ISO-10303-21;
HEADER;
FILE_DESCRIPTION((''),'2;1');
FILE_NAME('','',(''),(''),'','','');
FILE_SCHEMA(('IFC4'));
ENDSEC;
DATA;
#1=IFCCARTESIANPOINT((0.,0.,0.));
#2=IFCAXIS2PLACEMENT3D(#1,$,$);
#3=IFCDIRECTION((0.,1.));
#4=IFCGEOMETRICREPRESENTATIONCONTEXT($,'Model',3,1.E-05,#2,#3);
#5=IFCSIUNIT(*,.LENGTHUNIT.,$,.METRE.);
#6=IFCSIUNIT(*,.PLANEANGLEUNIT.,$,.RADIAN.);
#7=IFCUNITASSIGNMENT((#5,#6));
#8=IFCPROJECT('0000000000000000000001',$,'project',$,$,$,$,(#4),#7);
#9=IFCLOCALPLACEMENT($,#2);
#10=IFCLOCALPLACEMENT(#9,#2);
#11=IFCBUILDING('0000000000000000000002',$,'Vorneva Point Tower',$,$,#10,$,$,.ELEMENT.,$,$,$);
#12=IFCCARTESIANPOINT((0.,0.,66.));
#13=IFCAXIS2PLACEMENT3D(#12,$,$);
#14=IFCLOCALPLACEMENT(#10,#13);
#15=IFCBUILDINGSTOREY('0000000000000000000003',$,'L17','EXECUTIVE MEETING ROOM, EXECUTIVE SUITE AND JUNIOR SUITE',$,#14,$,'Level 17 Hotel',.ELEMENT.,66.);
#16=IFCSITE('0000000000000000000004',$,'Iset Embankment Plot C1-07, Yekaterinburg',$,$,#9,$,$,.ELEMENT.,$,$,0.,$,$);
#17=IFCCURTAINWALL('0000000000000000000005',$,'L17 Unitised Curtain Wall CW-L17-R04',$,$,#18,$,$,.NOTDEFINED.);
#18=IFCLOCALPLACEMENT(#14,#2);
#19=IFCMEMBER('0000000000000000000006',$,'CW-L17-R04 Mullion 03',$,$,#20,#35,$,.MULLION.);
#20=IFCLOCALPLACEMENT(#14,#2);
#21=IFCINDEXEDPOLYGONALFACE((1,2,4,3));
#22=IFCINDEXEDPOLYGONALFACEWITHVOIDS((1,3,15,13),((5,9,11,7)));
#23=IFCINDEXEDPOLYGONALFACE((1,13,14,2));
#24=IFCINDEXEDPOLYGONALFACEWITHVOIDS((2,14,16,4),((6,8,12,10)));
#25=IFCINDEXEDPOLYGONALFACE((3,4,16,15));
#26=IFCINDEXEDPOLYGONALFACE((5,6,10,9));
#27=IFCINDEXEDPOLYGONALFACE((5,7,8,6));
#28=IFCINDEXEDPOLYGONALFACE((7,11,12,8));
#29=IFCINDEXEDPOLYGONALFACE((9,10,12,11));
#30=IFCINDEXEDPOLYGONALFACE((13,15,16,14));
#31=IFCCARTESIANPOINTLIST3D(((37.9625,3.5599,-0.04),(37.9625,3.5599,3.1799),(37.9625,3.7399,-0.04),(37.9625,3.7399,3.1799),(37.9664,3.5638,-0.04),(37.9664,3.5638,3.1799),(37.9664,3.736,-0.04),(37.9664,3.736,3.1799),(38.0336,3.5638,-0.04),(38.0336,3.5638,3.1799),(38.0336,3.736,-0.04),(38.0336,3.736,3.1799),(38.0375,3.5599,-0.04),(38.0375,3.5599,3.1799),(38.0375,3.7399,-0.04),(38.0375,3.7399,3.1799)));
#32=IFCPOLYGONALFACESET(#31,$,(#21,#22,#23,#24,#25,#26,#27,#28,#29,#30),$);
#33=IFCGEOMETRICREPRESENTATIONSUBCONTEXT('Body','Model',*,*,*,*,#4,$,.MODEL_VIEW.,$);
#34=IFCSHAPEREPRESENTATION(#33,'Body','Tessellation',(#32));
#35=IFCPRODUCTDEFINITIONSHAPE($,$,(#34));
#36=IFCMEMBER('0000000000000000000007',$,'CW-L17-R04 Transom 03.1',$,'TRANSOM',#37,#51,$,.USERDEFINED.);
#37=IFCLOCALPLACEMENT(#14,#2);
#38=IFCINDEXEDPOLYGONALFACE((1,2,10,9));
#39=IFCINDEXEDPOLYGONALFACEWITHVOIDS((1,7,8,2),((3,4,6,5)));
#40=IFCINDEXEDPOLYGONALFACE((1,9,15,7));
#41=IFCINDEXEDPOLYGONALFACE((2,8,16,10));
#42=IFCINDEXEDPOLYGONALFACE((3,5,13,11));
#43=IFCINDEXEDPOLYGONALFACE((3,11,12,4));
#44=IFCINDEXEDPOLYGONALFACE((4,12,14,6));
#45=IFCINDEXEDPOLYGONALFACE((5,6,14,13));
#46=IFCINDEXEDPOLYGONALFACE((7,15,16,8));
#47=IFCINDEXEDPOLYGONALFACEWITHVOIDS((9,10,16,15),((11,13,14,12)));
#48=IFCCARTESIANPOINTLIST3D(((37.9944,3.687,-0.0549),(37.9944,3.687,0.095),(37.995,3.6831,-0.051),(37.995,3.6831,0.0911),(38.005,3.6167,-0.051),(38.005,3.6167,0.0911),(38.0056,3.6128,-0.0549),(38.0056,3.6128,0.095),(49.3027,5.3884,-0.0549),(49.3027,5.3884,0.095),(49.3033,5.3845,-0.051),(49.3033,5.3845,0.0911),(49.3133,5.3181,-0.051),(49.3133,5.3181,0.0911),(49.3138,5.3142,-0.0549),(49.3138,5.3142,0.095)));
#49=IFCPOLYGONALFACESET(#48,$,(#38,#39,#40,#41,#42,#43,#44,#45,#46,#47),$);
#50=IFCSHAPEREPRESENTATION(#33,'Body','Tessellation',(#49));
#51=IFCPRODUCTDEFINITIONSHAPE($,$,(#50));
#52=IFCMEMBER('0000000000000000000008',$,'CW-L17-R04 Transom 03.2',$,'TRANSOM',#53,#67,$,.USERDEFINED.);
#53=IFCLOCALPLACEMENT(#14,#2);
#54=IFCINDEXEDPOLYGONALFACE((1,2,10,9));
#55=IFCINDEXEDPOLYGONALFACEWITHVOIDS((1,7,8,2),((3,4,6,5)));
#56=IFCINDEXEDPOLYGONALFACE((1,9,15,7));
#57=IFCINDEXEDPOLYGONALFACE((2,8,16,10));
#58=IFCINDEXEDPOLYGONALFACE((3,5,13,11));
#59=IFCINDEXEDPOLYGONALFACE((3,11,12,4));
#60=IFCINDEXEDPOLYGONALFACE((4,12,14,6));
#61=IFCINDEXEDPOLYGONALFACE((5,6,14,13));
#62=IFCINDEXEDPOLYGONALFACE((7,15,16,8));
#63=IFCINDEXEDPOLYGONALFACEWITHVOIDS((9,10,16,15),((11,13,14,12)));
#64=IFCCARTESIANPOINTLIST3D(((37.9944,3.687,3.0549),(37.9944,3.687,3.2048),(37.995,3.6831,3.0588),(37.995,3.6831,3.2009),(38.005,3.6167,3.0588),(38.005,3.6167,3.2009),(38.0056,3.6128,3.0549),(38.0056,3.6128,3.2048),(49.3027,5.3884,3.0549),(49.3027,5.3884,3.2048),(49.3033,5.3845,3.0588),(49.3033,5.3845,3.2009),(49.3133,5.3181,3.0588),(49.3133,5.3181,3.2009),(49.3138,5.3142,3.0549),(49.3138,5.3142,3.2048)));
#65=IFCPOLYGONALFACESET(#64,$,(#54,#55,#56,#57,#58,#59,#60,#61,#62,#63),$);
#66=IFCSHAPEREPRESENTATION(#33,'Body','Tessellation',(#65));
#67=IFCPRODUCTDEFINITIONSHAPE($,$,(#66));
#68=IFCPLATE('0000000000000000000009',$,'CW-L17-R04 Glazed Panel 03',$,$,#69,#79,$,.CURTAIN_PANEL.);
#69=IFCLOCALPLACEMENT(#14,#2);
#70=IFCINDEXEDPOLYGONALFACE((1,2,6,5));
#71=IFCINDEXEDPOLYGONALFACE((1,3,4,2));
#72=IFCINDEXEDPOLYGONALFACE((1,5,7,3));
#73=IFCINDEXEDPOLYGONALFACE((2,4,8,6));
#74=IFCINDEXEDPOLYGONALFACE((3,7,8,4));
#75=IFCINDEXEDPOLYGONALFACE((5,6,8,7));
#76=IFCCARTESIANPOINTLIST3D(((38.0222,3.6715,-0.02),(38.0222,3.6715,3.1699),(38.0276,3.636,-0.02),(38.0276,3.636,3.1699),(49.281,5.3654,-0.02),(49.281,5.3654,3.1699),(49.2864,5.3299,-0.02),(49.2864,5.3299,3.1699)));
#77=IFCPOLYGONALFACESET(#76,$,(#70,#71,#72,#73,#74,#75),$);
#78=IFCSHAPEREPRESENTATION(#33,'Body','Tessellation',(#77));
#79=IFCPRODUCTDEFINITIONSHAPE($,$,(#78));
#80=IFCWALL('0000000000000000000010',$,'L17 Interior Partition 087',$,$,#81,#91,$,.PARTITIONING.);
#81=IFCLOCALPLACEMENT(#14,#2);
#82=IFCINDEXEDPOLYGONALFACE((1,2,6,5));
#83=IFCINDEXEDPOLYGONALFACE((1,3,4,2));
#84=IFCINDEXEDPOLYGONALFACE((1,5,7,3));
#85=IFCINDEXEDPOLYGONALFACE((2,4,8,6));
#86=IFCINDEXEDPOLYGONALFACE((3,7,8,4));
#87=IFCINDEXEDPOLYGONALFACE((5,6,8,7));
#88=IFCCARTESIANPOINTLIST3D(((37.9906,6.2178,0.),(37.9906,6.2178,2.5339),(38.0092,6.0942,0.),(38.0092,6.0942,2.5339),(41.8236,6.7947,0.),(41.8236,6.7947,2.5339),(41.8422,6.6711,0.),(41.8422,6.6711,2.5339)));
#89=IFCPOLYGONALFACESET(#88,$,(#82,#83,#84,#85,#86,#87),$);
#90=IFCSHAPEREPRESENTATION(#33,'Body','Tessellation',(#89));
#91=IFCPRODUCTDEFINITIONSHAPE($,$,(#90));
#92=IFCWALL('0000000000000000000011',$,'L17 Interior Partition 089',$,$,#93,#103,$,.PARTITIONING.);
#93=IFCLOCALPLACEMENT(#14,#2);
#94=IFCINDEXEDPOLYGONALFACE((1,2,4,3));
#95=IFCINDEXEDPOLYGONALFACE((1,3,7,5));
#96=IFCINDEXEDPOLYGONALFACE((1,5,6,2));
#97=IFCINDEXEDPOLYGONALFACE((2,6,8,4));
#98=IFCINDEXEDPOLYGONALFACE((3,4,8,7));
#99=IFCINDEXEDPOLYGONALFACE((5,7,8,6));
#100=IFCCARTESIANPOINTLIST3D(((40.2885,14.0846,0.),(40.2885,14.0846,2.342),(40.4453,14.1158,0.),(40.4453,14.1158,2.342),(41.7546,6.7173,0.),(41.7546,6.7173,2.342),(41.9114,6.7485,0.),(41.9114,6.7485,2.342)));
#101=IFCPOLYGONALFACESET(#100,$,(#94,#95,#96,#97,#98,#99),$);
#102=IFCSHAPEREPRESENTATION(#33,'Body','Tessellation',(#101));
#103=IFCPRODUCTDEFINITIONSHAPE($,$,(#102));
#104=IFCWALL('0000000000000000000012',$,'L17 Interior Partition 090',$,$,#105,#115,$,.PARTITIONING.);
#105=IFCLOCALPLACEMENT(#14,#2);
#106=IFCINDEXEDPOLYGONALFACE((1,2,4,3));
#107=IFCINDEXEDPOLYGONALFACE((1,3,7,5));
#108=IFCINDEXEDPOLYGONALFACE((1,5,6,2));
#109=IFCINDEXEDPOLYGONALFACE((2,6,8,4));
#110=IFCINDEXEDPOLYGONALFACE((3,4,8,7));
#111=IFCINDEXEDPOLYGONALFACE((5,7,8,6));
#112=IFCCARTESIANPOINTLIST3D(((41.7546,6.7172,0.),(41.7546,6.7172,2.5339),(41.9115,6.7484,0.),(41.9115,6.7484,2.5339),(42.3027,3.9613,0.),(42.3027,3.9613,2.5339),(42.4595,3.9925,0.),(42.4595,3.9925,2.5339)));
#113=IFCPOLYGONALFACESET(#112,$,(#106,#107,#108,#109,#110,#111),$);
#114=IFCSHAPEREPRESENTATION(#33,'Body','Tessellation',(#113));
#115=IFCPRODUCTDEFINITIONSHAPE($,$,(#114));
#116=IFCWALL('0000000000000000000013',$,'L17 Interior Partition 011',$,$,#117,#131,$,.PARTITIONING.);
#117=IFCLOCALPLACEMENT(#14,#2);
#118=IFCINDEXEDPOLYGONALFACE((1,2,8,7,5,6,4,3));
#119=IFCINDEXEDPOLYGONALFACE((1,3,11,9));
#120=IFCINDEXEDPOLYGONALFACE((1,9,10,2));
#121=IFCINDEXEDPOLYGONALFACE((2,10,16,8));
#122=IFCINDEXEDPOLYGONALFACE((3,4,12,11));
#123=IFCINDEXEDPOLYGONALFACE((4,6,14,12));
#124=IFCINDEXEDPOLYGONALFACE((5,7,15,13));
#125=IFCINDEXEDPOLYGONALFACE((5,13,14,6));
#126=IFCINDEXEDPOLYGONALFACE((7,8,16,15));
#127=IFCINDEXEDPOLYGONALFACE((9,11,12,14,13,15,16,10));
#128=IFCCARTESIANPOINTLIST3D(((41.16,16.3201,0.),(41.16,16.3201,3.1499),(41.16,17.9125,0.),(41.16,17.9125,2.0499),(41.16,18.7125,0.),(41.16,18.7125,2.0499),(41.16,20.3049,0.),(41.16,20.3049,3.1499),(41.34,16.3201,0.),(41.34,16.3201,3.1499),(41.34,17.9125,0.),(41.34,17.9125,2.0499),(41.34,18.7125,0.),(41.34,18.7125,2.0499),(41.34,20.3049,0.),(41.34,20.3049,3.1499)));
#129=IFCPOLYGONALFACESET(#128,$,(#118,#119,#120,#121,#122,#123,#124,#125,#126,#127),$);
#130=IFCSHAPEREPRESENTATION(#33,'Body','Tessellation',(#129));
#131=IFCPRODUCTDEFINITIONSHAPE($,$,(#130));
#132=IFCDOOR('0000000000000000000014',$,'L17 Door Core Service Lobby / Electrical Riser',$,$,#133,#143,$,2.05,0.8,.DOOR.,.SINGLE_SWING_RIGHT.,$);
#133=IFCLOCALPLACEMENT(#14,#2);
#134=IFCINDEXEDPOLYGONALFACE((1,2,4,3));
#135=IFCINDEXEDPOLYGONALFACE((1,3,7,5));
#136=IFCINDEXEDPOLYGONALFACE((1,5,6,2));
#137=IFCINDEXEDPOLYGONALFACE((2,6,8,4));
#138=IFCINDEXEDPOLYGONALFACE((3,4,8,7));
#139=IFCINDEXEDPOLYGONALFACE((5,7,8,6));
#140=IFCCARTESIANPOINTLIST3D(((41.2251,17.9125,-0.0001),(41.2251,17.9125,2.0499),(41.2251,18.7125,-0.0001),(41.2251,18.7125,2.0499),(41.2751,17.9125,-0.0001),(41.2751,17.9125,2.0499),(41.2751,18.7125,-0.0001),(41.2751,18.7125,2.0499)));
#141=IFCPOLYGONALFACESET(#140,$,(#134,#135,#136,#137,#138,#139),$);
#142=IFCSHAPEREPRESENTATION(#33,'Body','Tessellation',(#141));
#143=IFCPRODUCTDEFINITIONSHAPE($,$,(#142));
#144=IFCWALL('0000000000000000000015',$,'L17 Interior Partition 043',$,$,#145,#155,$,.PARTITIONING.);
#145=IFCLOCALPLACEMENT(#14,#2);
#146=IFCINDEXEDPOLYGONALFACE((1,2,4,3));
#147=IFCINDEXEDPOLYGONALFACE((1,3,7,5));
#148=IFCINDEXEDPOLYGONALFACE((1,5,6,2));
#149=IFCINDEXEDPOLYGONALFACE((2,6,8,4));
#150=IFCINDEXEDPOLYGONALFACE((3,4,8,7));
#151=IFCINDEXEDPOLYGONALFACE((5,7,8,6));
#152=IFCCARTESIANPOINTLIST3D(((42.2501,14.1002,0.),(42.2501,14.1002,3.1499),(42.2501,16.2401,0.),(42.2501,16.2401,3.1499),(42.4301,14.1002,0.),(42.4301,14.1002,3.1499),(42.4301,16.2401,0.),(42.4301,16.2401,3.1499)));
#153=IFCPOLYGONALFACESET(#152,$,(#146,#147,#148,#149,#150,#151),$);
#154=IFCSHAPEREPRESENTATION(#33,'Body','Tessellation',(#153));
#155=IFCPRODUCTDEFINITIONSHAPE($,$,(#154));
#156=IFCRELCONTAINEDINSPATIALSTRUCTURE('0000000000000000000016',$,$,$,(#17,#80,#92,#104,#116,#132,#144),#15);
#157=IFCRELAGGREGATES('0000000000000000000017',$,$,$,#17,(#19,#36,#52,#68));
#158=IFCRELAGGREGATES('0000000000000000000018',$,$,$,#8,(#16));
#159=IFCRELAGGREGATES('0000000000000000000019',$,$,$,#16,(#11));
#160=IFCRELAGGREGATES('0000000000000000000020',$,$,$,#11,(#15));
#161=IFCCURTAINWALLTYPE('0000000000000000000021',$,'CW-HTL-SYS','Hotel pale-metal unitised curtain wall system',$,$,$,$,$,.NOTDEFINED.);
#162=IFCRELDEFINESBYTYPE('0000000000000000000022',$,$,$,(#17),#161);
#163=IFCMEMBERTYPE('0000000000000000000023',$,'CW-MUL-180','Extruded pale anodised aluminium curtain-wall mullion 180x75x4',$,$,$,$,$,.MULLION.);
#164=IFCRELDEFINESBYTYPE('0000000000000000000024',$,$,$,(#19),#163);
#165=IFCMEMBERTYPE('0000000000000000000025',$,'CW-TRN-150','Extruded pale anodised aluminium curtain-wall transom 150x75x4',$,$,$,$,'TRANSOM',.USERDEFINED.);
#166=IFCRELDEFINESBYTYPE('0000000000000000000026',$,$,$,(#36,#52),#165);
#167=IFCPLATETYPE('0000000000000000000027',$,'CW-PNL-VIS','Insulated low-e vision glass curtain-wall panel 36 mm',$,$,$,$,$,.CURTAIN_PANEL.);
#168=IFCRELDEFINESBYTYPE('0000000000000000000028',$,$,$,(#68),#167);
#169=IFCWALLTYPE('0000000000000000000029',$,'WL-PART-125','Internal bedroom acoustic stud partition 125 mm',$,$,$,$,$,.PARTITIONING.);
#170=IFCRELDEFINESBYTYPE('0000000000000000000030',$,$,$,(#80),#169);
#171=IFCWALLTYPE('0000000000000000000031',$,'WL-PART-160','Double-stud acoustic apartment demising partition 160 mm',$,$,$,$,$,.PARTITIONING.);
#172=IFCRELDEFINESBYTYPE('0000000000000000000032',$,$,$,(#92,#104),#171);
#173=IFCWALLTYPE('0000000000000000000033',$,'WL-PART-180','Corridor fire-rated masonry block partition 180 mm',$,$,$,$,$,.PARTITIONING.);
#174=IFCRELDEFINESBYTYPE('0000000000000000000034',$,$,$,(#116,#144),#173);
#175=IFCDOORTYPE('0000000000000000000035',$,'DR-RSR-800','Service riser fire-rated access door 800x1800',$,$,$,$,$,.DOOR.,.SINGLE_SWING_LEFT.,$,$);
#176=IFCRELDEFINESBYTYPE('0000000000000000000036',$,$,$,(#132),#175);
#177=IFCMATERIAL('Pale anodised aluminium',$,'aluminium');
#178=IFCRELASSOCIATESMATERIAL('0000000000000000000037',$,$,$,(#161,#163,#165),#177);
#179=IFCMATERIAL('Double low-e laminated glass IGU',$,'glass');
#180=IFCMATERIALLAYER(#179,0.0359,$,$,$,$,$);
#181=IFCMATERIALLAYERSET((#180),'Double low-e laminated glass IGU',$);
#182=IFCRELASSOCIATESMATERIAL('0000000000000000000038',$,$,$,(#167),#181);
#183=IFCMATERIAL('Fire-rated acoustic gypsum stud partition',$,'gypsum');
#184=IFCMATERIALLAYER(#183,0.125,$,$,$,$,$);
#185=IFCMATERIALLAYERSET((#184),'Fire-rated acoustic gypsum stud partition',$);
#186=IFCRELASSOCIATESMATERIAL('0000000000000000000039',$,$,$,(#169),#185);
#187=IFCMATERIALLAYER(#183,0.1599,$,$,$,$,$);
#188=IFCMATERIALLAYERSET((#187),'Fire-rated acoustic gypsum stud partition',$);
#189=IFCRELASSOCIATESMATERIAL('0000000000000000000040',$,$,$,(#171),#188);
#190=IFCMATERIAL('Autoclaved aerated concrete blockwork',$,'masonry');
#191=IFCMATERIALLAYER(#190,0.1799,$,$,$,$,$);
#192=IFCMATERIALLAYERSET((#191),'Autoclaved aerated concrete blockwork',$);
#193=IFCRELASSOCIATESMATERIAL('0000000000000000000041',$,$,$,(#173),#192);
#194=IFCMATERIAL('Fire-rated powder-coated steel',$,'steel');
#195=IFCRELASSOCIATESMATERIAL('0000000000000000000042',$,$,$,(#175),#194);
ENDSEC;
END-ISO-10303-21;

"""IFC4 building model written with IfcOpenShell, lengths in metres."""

from ifc_helpers import new_model, si_unit, direction, frame, frame_2d, origin, origin_2d, place, context, subcontext, project, spatial, rectangle, hollow_rectangle, extrude, material, layer, layer_set, material_profile, profile_set, type_object, element, fill, aggregate, save


model = new_model("IFC4")

# Units and contexts
model_context = context("Model", 3, precision=1e-05, world=origin(), true_north=direction((0.0, 1.0)))
body_context = subcontext(model_context, "Body", "Model", "MODEL_VIEW")
ifc_project = project(units=[si_unit("LENGTHUNIT", "METRE"), si_unit("PLANEANGLEUNIT", "RADIAN")], contexts=[model_context])

# Site, building, storey
site_placement = place(None, origin())
site = spatial("IfcSite", under=ifc_project, at=site_placement, Name="Iset Embankment Plot C1-07, Yekaterinburg", CompositionType="ELEMENT", RefElevation=0.0)
building_placement = place(site_placement, origin())
building = spatial("IfcBuilding", under=site, at=building_placement, Name="Vorneva Point Tower", CompositionType="ELEMENT")
storey_placement = place(building_placement, frame((0.0, 0.0, 66.0)))
storey = spatial("IfcBuildingStorey", under=building, at=storey_placement, Name="L17", Description="EXECUTIVE MEETING ROOM, EXECUTIVE SUITE AND JUNIOR SUITE", LongName="Level 17 Hotel", CompositionType="ELEMENT", Elevation=66.0)

# Curtain wall, members, plate
ifc_material_1 = material(Name="Pale anodised aluminium", Category="aluminium")
curtain_wall_type = type_object("IfcCurtainWallType", Name="CW-HTL-SYS", Description="Hotel pale-metal unitised curtain wall system", PredefinedType="NOTDEFINED", material=ifc_material_1)
curtain_wall_placement = place(storey_placement, origin())
curtain_wall = element("IfcCurtainWall", 1, at=curtain_wall_placement, inside=storey, type_object=curtain_wall_type, Name="L17 Unitised Curtain Wall CW-L17-R04", PredefinedType="NOTDEFINED")
ifc_material_profile_1 = material_profile(ifc_material_1, hollow_rectangle(XDim=0.075, YDim=0.1799, WallThickness=0.0039, at=origin_2d()), Name="AL-MUL 180x75x4")
ifc_profile_set_1 = profile_set([ifc_material_profile_1], Name="Pale anodised aluminium")
member_type_1 = type_object("IfcMemberType", Name="CW-MUL-180", Description="Extruded pale anodised aluminium curtain-wall mullion 180x75x4", PredefinedType="MULLION", material=ifc_profile_set_1)
member_1_placement = place(storey_placement, frame((38.0, 3.6499, -0.04), z_axis=(0.0, 0.0, 1.0), x_axis=(1.0, 0.0, 0.0)))
member_1 = element("IfcMember", 2, at=member_1_placement, type_object=member_type_1, Name="CW-L17-R04 Mullion 03", PredefinedType="MULLION", context=body_context, shape_type="SweptSolid", body=[
    extrude(hollow_rectangle(XDim=0.075, YDim=0.1799, WallThickness=0.0039, at=origin_2d()), origin(), (0.0, 0.0, 1.0), 3.22),
])
ifc_material_profile_2 = material_profile(ifc_material_1, hollow_rectangle(XDim=0.075, YDim=0.1499, WallThickness=0.0039, at=origin_2d()), Name="AL-TRN 150x75x4")
ifc_profile_set_2 = profile_set([ifc_material_profile_2], Name="Pale anodised aluminium")
member_type_2 = type_object("IfcMemberType", Name="CW-TRN-150", Description="Extruded pale anodised aluminium curtain-wall transom 150x75x4", ElementType="TRANSOM", PredefinedType="USERDEFINED", material=ifc_profile_set_2)
member_2_placement = place(storey_placement, frame((38.0, 3.6499, 0.02), z_axis=(0.98887, 0.148782, 0.0), x_axis=(-0.148782, 0.98887, 0.0)))
member_2 = element("IfcMember", 3, at=member_2_placement, type_object=member_type_2, Name="CW-L17-R04 Transom 03.1", ObjectType="TRANSOM", PredefinedType="USERDEFINED", context=body_context, shape_type="SweptSolid", body=[
    extrude(hollow_rectangle(XDim=0.075, YDim=0.1499, WallThickness=0.0039, at=origin_2d()), origin(), (0.0, 0.0, 1.0), 11.4355),
])
member_3_placement = place(storey_placement, frame((38.0, 3.6499, 3.1299), z_axis=(0.98887, 0.148782, 0.0), x_axis=(-0.148782, 0.98887, 0.0)))
member_3 = element("IfcMember", 4, at=member_3_placement, type_object=member_type_2, Name="CW-L17-R04 Transom 03.2", ObjectType="TRANSOM", PredefinedType="USERDEFINED", context=body_context, shape_type="SweptSolid", body=[
    extrude(hollow_rectangle(XDim=0.075, YDim=0.1499, WallThickness=0.0039, at=origin_2d()), origin(), (0.0, 0.0, 1.0), 11.4355),
])
ifc_material_2 = material(Name="Double low-e laminated glass IGU", Category="glass")
ifc_layer_1 = layer(ifc_material_2, 0.0359)
ifc_layer_set_1 = layer_set([ifc_layer_1], Name="Double low-e laminated glass IGU")
plate_type = type_object("IfcPlateType", Name="CW-PNL-VIS", Description="Insulated low-e vision glass curtain-wall panel 36 mm", PredefinedType="CURTAIN_PANEL", material=ifc_layer_set_1)
plate_placement = place(storey_placement, frame((43.6543, 4.5007, -0.02), z_axis=(0.0, 0.0, 1.0), x_axis=(0.988871, 0.148776, 0.0)))
plate = element("IfcPlate", 5, at=plate_placement, type_object=plate_type, Name="CW-L17-R04 Glazed Panel 03", PredefinedType="CURTAIN_PANEL", context=body_context, shape_type="SweptSolid", body=[
    extrude(rectangle(XDim=11.3855, YDim=0.0359, at=origin_2d()), origin(), (0.0, 0.0, 1.0), 3.1899),
])
aggregate(curtain_wall, [member_1, member_2, member_3, plate])

# Walls
ifc_material_3 = material(Name="Fire-rated acoustic gypsum stud partition", Category="gypsum")
ifc_layer_2 = layer(ifc_material_3, 0.125)
ifc_layer_set_2 = layer_set([ifc_layer_2], Name="Fire-rated acoustic gypsum stud partition")
wall_type_1 = type_object("IfcWallType", Name="WL-PART-125", Description="Internal bedroom acoustic stud partition 125 mm", PredefinedType="PARTITIONING", material=ifc_layer_set_2)
wall_1_placement = place(storey_placement, frame((38.0, 6.156, 0.0), z_axis=(0.0, 0.0, 1.0), x_axis=(0.988862, 0.148833, 0.0)))
element("IfcWall", 6, at=wall_1_placement, inside=storey, type_object=wall_type_1, Name="L17 Interior Partition 087", PredefinedType="PARTITIONING", context=body_context, shape_type="SweptSolid", body=[
    extrude(rectangle(XDim=3.8762, YDim=0.125, at=frame_2d((1.938, 0.0))), origin(), (0.0, 0.0, 1.0), 2.5339),
])
ifc_layer_3 = layer(ifc_material_3, 0.1599)
ifc_layer_set_3 = layer_set([ifc_layer_3], Name="Fire-rated acoustic gypsum stud partition")
wall_type_2 = type_object("IfcWallType", Name="WL-PART-160", Description="Double-stud acoustic apartment demising partition 160 mm", PredefinedType="PARTITIONING", material=ifc_layer_set_3)
wall_2_placement = place(storey_placement, frame((41.833, 6.7329, 0.0), z_axis=(0.0, 0.0, 1.0), x_axis=(-0.195172, 0.980769, 0.0)))
element("IfcWall", 7, at=wall_2_placement, inside=storey, type_object=wall_type_2, Name="L17 Interior Partition 089", PredefinedType="PARTITIONING", context=body_context, shape_type="SweptSolid", body=[
    extrude(rectangle(XDim=7.5117, YDim=0.1599, at=frame_2d((3.7559, 0.0))), origin(), (0.0, 0.0, 1.0), 2.342),
])
wall_3_placement = place(storey_placement, frame((42.3811, 3.9771, 0.0), z_axis=(0.0, 0.0, 1.0), x_axis=(-0.195063, 0.980791, 0.0)))
element("IfcWall", 8, at=wall_3_placement, inside=storey, type_object=wall_type_2, Name="L17 Interior Partition 090", PredefinedType="PARTITIONING", context=body_context, shape_type="SweptSolid", body=[
    extrude(rectangle(XDim=2.8098, YDim=0.1599, at=frame_2d((1.4048, 0.0))), origin(), (0.0, 0.0, 1.0), 2.5339),
])

# Wall, opening, door
ifc_material_4 = material(Name="Autoclaved aerated concrete blockwork", Category="masonry")
ifc_layer_4 = layer(ifc_material_4, 0.1799)
ifc_layer_set_4 = layer_set([ifc_layer_4], Name="Autoclaved aerated concrete blockwork")
wall_type_3 = type_object("IfcWallType", Name="WL-PART-180", Description="Corridor fire-rated masonry block partition 180 mm", PredefinedType="PARTITIONING", material=ifc_layer_set_4)
wall_4_placement = place(storey_placement, frame((41.25, 16.3201, 0.0), z_axis=(0.0, 0.0, 1.0), x_axis=(0.0, 1.0, 0.0)))
wall_4 = element("IfcWall", 9, at=wall_4_placement, inside=storey, type_object=wall_type_3, Name="L17 Interior Partition 011", PredefinedType="PARTITIONING", context=body_context, shape_type="SweptSolid", body=[
    extrude(rectangle(XDim=3.9849, YDim=0.1799, at=frame_2d((1.9924, 0.0))), origin(), (0.0, 0.0, 1.0), 3.1499),
])
opening_1_placement = place(wall_4_placement, frame((1.5925, 0.0, 0.0)))
opening_1 = element("IfcOpeningElement", 10, at=opening_1_placement, cuts=wall_4, PredefinedType="OPENING", context=body_context, shape_type="SweptSolid", body=[
    extrude(rectangle(XDim=0.8, YDim=2.05, at=frame_2d((0.3999, 1.0249))), frame((0.0, 0.105, 0.0), z_axis=(0.0, -1.0, 0.0), x_axis=(1.0, 0.0, 0.0)), (0.0, 0.0, 1.0), 0.2097),
])
ifc_material_5 = material(Name="Fire-rated powder-coated steel", Category="steel")
door_type_1 = type_object("IfcDoorType", Name="DR-RSR-800", Description="Service riser fire-rated access door 800x1800", OperationType="SINGLE_SWING_LEFT", PredefinedType="DOOR", material=ifc_material_5)
door_1_placement = place(opening_1_placement, origin())
door_1 = element("IfcDoor", 11, at=door_1_placement, inside=storey, type_object=door_type_1, Name="L17 Door Core Service Lobby / Electrical Riser", OperationType="SINGLE_SWING_RIGHT", OverallHeight=2.05, OverallWidth=0.8, PredefinedType="DOOR", context=body_context, shape_type="SweptSolid", body=[
    extrude(rectangle(XDim=0.8, YDim=2.05, at=frame_2d((0.3999, 1.0249))), frame((0.0, 0.0249, 0.0), z_axis=(0.0, -1.0, 0.0), x_axis=(1.0, 0.0, 0.0)), (0.0, 0.0, 1.0), 0.05),
])
fill(opening_1, door_1)

# Wall
wall_5_placement = place(storey_placement, frame((42.3401, 16.24, 0.0), z_axis=(0.0, 0.0, 1.0), x_axis=(0.0, -1.0, 0.0)))
element("IfcWall", 12, at=wall_5_placement, inside=storey, type_object=wall_type_3, Name="L17 Interior Partition 043", PredefinedType="PARTITIONING", context=body_context, shape_type="SweptSolid", body=[
    extrude(rectangle(XDim=2.1399, YDim=0.1799, at=frame_2d((1.0698, 0.0))), origin(), (0.0, 0.0, 1.0), 3.1499),
])

save(model, "model.ifc")
